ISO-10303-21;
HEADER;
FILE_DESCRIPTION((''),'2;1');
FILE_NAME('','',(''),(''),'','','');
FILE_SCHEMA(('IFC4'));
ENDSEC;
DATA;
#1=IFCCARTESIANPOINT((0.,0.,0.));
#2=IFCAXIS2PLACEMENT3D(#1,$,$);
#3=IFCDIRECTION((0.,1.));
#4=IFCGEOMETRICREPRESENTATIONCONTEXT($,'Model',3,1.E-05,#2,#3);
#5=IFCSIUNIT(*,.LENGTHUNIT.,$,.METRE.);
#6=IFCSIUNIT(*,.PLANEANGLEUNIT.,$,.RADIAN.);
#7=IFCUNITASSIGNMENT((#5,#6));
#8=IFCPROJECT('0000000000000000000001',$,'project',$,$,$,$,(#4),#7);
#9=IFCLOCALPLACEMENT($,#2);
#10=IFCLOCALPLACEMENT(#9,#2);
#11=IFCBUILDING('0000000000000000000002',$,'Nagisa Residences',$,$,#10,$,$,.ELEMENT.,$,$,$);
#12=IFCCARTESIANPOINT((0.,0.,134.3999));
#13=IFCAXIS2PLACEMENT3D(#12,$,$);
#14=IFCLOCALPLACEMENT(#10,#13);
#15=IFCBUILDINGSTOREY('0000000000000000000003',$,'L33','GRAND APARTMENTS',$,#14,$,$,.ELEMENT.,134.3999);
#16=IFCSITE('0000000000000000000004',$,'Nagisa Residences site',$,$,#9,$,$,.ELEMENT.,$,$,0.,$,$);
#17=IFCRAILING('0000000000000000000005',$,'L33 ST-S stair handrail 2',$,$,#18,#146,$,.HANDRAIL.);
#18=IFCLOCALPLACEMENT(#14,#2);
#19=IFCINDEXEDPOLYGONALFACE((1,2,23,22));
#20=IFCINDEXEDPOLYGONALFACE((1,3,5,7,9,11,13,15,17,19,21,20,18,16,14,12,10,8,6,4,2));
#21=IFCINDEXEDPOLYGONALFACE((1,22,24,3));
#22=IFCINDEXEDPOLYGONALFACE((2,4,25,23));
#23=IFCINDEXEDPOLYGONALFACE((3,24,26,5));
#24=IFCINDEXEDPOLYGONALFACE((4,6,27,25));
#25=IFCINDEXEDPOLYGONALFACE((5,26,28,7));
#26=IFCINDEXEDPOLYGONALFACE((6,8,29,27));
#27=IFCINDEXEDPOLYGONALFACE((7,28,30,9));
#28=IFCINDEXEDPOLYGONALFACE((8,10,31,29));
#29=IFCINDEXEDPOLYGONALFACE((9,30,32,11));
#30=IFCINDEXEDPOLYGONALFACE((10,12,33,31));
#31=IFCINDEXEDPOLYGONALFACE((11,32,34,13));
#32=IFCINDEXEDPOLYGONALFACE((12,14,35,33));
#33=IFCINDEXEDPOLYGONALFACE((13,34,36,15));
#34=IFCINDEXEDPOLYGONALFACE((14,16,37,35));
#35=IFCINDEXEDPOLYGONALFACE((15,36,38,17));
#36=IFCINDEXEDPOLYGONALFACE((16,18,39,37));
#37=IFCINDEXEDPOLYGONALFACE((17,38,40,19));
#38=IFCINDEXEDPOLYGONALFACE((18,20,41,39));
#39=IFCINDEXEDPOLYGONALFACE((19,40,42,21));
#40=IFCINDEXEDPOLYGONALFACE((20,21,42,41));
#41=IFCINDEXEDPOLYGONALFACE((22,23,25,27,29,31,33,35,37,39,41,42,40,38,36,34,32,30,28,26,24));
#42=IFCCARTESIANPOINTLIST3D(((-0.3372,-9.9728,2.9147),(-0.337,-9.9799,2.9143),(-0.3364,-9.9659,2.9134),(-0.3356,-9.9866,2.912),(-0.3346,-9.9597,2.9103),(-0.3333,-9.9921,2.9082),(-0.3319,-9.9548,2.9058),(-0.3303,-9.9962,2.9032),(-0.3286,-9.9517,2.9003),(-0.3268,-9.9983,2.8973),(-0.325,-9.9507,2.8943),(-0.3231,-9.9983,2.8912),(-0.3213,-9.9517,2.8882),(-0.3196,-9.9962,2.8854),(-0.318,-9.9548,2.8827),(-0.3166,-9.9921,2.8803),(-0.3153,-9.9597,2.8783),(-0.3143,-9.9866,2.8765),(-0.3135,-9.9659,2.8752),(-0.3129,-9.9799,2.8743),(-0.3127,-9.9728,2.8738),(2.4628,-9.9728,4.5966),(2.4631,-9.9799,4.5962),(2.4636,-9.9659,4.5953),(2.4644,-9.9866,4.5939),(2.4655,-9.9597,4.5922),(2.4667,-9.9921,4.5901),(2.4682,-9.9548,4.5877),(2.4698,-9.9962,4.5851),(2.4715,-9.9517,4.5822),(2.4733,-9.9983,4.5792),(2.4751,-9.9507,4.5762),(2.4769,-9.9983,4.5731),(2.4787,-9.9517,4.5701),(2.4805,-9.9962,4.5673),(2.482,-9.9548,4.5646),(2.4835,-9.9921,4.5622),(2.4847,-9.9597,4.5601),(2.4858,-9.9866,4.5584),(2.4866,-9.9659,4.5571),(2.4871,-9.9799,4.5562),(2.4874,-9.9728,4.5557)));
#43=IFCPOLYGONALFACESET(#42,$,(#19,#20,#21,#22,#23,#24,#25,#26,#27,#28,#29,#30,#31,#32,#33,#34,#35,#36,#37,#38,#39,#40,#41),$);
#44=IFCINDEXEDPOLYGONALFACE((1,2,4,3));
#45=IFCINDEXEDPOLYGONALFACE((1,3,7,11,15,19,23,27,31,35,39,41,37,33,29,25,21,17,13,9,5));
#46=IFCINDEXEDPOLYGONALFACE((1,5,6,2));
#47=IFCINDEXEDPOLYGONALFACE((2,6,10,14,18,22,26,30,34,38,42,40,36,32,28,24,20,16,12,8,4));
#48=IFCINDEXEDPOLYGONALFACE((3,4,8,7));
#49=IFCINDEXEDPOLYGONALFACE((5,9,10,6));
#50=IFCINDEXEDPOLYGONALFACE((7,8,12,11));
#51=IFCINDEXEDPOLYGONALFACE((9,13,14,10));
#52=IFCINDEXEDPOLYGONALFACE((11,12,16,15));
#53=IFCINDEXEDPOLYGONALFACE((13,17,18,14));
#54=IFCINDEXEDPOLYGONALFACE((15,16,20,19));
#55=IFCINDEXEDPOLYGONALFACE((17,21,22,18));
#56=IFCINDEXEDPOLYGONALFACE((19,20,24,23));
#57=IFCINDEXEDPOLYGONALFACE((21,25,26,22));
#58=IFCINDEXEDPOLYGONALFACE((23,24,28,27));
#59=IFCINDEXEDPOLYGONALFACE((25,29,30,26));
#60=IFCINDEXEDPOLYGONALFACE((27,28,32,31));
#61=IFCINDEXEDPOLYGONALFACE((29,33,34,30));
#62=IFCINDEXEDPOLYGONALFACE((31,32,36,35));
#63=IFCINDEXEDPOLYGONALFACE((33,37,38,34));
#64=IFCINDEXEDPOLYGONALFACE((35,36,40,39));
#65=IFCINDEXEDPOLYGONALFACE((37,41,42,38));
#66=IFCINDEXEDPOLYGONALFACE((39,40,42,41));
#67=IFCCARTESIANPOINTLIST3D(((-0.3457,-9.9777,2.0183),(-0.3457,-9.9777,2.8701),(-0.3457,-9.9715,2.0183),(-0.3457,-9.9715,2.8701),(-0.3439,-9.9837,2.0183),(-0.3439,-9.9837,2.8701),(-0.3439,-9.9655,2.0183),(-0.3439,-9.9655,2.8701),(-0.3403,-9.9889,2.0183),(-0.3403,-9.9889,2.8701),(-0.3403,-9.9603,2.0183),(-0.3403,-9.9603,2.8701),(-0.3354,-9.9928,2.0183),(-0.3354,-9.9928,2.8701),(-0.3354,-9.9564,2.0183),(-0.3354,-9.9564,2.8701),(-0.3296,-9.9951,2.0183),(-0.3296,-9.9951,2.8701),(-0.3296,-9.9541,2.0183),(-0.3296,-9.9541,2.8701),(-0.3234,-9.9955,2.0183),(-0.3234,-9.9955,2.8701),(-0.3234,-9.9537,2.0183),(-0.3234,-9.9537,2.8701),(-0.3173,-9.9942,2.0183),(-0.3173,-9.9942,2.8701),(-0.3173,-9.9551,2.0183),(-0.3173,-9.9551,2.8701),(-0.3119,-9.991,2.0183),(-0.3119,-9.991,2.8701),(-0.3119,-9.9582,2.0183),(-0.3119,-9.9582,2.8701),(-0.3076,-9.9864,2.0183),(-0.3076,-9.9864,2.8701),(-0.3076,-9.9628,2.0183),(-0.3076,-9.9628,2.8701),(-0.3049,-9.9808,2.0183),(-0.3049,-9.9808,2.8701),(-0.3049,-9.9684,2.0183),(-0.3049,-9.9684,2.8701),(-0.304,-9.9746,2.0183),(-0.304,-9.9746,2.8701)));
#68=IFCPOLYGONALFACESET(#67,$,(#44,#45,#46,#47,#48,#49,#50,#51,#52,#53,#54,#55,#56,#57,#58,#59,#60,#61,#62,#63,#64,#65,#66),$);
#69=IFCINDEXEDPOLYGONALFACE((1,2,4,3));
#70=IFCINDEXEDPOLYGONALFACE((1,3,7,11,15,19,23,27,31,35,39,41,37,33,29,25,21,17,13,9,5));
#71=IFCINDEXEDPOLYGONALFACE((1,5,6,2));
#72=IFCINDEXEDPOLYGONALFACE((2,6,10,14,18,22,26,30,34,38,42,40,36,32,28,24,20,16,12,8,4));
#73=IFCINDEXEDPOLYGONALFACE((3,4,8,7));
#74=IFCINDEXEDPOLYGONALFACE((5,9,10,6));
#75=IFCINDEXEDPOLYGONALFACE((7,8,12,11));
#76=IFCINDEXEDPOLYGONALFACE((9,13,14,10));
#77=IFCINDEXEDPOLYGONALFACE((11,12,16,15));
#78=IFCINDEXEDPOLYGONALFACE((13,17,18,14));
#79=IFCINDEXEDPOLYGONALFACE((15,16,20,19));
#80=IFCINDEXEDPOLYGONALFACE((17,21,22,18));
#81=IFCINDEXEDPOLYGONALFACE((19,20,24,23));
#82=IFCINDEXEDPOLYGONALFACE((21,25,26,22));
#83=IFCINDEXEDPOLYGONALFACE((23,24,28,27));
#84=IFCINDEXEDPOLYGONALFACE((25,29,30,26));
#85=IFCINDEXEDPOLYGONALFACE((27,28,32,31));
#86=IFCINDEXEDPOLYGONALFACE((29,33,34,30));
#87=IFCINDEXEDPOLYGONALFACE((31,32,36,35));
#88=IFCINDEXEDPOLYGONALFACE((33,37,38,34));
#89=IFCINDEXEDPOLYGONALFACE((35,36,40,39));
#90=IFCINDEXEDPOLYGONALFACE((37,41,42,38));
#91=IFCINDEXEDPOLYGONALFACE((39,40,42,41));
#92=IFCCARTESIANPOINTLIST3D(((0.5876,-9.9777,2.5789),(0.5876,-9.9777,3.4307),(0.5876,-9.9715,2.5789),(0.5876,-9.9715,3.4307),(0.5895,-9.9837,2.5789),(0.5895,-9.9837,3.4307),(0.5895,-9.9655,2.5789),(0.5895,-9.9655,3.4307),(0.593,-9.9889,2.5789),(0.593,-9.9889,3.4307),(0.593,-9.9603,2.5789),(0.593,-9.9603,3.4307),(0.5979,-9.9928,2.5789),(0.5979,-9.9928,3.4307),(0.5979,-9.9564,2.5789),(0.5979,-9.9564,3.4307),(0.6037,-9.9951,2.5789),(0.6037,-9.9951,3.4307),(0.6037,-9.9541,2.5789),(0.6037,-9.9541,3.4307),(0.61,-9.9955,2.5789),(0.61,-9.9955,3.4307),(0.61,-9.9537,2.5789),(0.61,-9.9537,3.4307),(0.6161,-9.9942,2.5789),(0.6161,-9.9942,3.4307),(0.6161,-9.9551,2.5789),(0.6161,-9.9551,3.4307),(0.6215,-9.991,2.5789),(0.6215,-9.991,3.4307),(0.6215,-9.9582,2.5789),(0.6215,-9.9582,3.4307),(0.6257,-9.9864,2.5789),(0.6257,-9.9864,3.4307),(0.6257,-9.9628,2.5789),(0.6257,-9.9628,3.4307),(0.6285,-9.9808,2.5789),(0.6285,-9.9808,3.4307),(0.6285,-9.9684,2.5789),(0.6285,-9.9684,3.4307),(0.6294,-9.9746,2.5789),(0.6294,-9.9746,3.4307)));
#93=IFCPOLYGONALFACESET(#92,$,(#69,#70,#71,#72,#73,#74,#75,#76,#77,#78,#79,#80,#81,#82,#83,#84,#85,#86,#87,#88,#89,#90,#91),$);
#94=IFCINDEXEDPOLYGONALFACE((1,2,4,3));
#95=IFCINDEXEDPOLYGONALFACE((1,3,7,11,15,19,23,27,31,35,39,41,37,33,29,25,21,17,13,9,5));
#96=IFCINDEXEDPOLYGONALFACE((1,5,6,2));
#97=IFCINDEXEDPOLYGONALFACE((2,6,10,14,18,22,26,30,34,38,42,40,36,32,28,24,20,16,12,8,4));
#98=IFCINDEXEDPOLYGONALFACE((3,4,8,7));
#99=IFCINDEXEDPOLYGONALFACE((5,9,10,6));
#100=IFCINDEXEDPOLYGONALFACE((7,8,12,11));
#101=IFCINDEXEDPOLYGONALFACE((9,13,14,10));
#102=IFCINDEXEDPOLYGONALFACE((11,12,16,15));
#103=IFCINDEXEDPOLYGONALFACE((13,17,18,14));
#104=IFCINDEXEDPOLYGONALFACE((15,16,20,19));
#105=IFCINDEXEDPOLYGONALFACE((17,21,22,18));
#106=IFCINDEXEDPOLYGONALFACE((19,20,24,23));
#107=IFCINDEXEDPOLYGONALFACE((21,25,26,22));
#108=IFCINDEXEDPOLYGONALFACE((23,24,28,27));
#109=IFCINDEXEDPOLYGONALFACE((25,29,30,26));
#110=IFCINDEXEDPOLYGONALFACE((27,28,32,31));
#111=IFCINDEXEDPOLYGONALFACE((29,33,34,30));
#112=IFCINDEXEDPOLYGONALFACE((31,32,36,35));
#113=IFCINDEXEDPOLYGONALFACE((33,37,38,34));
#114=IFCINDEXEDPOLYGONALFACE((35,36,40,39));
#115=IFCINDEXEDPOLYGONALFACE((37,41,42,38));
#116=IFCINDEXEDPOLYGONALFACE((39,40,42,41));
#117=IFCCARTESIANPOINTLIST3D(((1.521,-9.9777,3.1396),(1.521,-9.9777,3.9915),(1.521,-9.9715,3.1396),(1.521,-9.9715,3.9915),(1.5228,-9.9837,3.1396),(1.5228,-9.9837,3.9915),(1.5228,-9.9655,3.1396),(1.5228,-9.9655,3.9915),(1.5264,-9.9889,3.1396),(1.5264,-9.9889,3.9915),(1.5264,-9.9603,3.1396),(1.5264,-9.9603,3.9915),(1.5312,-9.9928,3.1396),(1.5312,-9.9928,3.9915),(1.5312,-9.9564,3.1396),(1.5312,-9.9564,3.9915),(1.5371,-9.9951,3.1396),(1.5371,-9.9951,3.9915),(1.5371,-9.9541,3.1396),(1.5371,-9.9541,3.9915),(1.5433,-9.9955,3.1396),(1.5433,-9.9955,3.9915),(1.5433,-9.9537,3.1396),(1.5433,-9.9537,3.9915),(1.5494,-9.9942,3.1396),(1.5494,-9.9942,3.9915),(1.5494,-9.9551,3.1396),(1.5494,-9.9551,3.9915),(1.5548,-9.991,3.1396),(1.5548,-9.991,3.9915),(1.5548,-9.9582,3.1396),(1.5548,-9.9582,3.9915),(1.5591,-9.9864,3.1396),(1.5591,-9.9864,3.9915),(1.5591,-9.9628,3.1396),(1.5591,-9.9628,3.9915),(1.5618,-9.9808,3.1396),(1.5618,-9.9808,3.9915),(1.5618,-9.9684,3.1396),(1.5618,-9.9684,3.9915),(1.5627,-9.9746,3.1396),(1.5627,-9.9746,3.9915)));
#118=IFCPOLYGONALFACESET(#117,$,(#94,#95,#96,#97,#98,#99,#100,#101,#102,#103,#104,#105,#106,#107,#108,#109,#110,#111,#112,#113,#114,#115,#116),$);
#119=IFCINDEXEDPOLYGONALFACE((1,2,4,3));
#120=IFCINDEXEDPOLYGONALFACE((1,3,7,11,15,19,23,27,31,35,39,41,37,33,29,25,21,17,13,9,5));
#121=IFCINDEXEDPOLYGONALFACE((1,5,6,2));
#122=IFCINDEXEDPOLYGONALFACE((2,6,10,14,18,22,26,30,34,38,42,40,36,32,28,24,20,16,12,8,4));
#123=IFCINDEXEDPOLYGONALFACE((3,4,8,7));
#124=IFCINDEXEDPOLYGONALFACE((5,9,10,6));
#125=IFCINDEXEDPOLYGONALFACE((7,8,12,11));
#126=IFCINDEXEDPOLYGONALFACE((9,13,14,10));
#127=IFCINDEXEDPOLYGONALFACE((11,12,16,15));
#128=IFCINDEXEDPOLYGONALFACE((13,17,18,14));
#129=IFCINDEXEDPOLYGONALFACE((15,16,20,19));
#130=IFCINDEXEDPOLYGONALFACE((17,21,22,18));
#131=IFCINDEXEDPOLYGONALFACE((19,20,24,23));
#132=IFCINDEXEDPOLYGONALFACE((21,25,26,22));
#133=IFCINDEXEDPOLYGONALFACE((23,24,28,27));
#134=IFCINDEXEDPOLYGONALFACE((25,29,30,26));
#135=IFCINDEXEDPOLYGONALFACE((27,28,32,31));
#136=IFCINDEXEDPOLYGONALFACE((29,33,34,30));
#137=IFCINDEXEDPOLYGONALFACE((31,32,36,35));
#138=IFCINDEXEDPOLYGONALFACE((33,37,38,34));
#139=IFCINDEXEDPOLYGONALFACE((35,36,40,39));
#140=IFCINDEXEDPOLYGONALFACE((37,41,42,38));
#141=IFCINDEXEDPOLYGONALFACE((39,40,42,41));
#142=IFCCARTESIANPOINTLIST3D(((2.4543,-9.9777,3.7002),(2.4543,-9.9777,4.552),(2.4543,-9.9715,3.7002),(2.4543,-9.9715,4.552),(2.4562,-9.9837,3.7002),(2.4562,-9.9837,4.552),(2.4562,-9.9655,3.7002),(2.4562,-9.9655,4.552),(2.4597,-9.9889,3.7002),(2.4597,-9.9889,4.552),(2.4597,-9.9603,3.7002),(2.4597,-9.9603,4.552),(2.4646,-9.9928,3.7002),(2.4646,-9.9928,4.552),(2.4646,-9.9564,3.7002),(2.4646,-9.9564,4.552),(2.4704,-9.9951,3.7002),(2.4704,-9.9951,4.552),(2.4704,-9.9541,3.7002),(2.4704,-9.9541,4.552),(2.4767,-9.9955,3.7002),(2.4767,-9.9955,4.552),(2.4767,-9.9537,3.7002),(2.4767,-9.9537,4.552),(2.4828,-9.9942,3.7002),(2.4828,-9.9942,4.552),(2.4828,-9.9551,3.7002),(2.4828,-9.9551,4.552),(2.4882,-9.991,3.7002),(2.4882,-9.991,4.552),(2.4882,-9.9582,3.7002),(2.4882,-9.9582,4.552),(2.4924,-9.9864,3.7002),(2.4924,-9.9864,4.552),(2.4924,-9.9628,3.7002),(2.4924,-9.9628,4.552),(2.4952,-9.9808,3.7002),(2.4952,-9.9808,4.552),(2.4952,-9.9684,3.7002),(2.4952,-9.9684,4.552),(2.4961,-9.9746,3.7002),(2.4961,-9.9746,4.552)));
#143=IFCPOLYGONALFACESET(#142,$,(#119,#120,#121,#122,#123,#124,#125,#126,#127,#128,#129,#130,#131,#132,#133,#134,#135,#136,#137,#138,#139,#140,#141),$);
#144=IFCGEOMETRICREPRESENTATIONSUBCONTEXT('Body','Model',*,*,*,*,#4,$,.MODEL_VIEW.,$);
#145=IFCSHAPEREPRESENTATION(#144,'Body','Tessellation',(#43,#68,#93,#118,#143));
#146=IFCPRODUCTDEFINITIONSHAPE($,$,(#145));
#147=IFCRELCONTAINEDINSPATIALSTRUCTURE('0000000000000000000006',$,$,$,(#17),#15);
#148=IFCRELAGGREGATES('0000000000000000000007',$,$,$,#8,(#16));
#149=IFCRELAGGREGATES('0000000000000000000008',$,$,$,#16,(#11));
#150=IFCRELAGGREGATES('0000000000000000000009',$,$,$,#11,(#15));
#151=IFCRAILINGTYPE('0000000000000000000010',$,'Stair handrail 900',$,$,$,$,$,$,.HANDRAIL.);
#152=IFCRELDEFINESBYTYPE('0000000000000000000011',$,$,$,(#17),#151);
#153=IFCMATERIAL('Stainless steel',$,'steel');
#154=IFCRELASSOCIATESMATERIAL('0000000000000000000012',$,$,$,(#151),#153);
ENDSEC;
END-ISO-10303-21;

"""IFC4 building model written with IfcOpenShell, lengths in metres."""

from ifc_helpers import new_model, si_unit, direction, frame, origin, origin_2d, place, context, subcontext, project, spatial, circle, extrude, material, type_object, element, save


model = new_model("IFC4")

# Units and contexts
model_context = context("Model", 3, precision=1e-05, world=origin(), true_north=direction((0.0, 1.0)))
body_context = subcontext(model_context, "Body", "Model", "MODEL_VIEW")
ifc_project = project(units=[si_unit("LENGTHUNIT", "METRE"), si_unit("PLANEANGLEUNIT", "RADIAN")], contexts=[model_context])

# Site, building, storey
site_placement = place(None, origin())
site = spatial("IfcSite", under=ifc_project, at=site_placement, Name="Nagisa Residences site", CompositionType="ELEMENT", RefElevation=0.0)
building_placement = place(site_placement, origin())
building = spatial("IfcBuilding", under=site, at=building_placement, Name="Nagisa Residences", CompositionType="ELEMENT")
storey_placement = place(building_placement, frame((0.0, 0.0, 134.3999)))
storey = spatial("IfcBuildingStorey", under=building, at=storey_placement, Name="L33", Description="GRAND APARTMENTS", CompositionType="ELEMENT", Elevation=134.3999)

# Railing
ifc_material_1 = material(Name="Stainless steel", Category="steel")
railing_type = type_object("IfcRailingType", Name="Stair handrail 900", PredefinedType="HANDRAIL", material=ifc_material_1)
railing_placement = place(storey_placement, frame((-0.325, -9.9746, 2.0183)))
element("IfcRailing", 1, at=railing_placement, inside=storey, type_object=railing_type, Name="L33 ST-S stair handrail 2", PredefinedType="HANDRAIL", context=body_context, shape_type="SweptSolid", body=[
    extrude(circle(Radius=0.0239, at=origin_2d()), frame((0.0, 0.0, 0.876), z_axis=(0.857242, 0.0, 0.514913), x_axis=(0.0, 1.0, 0.0)), (0.0, 0.0, 1.0), 3.2664),
    extrude(circle(Radius=0.021, at=origin_2d()), origin(), (0.0, 0.0, 1.0), 0.8518),
    extrude(circle(Radius=0.021, at=origin_2d()), frame((0.9333, 0.0, 0.5605)), (0.0, 0.0, 1.0), 0.8518),
    extrude(circle(Radius=0.021, at=origin_2d()), frame((1.8667, 0.0, 1.1213)), (0.0, 0.0, 1.0), 0.8518),
    extrude(circle(Radius=0.021, at=origin_2d()), frame((2.8, 0.0, 1.6819)), (0.0, 0.0, 1.0), 0.8518),
])

save(model, "model.ifc")
